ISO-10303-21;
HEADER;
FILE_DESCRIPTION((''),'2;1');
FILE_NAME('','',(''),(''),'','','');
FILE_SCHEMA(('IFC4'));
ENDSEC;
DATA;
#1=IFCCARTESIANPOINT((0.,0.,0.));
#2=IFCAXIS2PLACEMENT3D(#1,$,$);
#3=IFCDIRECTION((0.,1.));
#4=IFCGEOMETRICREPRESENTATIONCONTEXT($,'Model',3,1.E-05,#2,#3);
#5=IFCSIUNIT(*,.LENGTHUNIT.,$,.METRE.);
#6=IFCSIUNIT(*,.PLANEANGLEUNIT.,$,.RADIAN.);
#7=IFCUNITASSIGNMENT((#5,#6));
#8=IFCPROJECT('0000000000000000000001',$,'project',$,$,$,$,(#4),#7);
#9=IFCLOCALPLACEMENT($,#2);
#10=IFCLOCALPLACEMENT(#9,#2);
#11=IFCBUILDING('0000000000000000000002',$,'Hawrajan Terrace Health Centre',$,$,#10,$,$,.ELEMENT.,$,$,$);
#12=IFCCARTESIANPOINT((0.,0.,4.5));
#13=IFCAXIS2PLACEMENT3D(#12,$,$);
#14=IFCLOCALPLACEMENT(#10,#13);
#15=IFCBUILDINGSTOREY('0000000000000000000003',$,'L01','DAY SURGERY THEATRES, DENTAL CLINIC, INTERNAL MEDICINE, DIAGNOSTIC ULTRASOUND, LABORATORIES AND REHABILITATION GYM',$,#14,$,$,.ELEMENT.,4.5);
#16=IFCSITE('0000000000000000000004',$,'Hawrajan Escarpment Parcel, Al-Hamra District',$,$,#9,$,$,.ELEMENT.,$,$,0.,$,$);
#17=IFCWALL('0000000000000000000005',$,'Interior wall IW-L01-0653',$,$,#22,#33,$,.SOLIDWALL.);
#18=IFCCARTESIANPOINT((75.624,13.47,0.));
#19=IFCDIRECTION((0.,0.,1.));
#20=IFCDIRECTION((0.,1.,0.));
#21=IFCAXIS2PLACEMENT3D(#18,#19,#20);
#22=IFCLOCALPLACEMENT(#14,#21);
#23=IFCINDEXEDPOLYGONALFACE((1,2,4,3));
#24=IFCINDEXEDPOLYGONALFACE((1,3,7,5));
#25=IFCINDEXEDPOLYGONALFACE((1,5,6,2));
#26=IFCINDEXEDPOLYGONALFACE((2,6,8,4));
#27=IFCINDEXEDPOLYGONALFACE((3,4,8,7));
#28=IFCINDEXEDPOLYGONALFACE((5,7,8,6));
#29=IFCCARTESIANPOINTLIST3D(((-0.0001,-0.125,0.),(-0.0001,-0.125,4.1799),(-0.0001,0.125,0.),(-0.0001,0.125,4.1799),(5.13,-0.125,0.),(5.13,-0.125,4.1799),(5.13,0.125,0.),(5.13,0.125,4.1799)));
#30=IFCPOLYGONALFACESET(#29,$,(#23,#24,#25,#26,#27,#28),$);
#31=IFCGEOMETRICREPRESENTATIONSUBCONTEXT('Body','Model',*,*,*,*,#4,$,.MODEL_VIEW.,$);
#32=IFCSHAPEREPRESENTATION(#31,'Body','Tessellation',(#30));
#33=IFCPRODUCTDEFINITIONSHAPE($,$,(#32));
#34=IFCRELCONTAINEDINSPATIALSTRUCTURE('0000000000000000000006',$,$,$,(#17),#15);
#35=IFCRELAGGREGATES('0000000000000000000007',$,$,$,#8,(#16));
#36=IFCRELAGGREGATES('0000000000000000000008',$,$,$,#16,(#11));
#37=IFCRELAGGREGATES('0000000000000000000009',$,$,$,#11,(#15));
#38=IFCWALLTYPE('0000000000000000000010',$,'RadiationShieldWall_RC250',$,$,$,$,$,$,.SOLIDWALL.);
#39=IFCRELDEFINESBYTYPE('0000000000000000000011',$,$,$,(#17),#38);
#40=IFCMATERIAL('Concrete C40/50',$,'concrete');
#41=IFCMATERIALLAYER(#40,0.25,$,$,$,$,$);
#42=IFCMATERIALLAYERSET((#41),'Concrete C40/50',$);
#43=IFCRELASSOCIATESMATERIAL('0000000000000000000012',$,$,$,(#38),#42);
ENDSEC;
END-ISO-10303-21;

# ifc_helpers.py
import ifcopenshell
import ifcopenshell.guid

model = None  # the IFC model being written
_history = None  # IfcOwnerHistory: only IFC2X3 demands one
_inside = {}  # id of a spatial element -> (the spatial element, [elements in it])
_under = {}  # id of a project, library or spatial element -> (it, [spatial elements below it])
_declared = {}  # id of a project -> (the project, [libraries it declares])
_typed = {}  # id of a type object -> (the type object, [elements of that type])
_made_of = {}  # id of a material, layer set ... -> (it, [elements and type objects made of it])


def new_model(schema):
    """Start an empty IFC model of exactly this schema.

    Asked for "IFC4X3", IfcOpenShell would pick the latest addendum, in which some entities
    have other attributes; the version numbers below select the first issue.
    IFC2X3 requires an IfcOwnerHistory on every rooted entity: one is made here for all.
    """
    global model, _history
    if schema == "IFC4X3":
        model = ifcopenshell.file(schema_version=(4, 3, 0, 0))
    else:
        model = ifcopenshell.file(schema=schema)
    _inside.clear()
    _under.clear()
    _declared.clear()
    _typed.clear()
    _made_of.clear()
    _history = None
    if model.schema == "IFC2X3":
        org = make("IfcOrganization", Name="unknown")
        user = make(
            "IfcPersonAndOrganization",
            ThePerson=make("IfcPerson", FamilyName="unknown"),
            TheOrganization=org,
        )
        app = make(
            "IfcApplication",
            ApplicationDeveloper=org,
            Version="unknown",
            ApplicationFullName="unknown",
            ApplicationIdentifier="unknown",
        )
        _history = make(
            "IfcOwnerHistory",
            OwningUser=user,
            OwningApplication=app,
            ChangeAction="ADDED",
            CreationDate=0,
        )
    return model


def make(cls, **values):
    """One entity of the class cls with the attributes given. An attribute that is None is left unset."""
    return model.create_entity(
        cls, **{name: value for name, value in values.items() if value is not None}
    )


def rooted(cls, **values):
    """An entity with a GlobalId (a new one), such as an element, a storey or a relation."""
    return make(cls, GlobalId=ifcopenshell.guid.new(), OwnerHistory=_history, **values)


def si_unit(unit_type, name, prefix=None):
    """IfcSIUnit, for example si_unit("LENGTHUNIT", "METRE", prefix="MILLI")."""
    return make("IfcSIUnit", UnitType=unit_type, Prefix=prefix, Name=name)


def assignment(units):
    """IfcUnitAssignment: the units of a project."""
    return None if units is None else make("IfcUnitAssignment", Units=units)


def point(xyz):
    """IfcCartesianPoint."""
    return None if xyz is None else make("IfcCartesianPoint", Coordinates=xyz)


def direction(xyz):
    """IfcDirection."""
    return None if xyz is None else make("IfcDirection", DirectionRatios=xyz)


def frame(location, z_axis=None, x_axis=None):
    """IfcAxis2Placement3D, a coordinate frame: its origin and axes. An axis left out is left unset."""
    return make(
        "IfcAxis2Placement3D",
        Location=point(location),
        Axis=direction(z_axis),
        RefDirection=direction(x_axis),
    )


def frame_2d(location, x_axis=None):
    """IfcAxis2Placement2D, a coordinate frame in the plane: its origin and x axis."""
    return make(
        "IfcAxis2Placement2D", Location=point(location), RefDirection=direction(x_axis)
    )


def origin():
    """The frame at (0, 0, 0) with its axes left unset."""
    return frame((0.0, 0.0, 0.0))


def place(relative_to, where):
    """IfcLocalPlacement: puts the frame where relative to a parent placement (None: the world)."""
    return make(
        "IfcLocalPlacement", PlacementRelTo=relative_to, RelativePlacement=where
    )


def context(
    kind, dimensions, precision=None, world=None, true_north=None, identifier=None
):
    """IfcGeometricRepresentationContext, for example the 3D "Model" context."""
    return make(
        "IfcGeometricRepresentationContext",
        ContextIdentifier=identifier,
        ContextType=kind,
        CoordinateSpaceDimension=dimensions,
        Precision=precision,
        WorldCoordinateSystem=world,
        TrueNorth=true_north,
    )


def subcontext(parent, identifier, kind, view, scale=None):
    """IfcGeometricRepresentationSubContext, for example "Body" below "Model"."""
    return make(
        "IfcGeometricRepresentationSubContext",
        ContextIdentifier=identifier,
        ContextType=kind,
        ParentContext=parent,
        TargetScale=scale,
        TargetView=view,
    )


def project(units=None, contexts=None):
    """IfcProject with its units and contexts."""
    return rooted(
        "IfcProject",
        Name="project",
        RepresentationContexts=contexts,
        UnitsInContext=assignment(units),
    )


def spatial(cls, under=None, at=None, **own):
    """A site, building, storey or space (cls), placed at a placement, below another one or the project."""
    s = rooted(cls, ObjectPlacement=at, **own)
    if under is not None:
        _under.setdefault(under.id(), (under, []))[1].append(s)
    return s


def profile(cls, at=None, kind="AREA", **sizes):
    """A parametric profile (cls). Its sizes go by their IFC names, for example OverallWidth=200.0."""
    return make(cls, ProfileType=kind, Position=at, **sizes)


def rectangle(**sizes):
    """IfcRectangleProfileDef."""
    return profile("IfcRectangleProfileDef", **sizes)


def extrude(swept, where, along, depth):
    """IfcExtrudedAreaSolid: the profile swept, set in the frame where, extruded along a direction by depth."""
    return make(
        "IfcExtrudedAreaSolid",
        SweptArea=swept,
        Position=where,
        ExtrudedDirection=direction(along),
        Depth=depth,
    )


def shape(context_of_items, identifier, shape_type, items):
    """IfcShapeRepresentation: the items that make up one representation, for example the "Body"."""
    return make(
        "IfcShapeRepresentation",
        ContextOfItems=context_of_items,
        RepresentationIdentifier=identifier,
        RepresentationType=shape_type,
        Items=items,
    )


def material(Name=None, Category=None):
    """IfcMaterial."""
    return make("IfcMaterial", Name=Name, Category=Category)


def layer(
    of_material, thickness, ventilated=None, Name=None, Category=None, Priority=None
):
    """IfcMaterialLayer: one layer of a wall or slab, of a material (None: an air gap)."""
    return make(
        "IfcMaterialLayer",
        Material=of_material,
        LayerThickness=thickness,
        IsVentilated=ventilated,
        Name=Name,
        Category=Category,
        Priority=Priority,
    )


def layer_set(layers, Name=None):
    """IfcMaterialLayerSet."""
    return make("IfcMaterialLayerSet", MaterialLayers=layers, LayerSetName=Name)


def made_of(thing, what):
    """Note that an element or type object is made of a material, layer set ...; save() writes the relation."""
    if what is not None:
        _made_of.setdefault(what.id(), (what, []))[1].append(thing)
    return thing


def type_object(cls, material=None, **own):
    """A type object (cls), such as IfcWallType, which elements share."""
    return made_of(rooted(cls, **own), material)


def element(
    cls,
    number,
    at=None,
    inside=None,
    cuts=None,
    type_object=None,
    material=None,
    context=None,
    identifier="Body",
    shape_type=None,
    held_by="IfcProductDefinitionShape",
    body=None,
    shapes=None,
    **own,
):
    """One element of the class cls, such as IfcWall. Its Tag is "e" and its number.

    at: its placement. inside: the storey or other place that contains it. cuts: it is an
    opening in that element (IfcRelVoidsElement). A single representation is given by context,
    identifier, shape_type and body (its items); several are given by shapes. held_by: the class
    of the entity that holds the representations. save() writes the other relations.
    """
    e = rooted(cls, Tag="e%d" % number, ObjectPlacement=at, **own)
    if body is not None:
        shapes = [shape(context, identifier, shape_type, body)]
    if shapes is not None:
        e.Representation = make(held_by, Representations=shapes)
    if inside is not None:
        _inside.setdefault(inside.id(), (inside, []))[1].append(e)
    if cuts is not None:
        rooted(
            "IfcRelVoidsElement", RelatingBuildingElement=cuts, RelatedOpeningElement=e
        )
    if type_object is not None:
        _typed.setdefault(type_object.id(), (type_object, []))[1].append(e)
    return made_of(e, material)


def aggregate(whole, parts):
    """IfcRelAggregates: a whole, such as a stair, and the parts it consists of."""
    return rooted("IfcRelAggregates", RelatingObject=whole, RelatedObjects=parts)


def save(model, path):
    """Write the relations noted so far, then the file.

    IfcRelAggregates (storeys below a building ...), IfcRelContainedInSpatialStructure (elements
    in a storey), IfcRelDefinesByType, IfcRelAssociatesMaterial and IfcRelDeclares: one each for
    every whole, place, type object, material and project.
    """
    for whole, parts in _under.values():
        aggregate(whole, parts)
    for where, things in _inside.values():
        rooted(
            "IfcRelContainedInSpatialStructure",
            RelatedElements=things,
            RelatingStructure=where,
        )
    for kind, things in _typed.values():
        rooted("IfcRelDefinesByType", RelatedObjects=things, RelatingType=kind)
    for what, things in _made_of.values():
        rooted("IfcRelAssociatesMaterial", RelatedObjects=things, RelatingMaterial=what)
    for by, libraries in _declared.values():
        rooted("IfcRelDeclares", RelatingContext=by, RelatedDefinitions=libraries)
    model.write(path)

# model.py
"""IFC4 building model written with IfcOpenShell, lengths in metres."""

from ifc_helpers import new_model, si_unit, direction, frame, frame_2d, origin, place, context, subcontext, project, spatial, rectangle, extrude, material, layer, layer_set, type_object, element, save


model = new_model("IFC4")

# Units and contexts
model_context = context("Model", 3, precision=1e-05, world=origin(), true_north=direction((0.0, 1.0)))
body_context = subcontext(model_context, "Body", "Model", "MODEL_VIEW")
ifc_project = project(units=[si_unit("LENGTHUNIT", "METRE"), si_unit("PLANEANGLEUNIT", "RADIAN")], contexts=[model_context])

# Site, building, storey
site_placement = place(None, origin())
site = spatial("IfcSite", under=ifc_project, at=site_placement, Name="Hawrajan Escarpment Parcel, Al-Hamra District", CompositionType="ELEMENT", RefElevation=0.0)
building_placement = place(site_placement, origin())
building = spatial("IfcBuilding", under=site, at=building_placement, Name="Hawrajan Terrace Health Centre", CompositionType="ELEMENT")
storey_placement = place(building_placement, frame((0.0, 0.0, 4.5)))
storey = spatial("IfcBuildingStorey", under=building, at=storey_placement, Name="L01", Description="DAY SURGERY THEATRES, DENTAL CLINIC, INTERNAL MEDICINE, DIAGNOSTIC ULTRASOUND, LABORATORIES AND REHABILITATION GYM", CompositionType="ELEMENT", Elevation=4.5)

# Shared definitions
ifc_material_1 = material(Name="Concrete C40/50", Category="concrete")

# Shared definitions
ifc_layer_1 = layer(ifc_material_1, 0.25)
ifc_layer_set_1 = layer_set([ifc_layer_1], Name="Concrete C40/50")
wall_type_1 = type_object("IfcWallType", Name="RadiationShieldWall_RC250", PredefinedType="SOLIDWALL", material=ifc_layer_set_1)

# Wall
wall_1_placement = place(storey_placement, frame((75.624, 13.47, 0.0), z_axis=(0.0, 0.0, 1.0), x_axis=(0.0, 1.0, 0.0)))
element("IfcWall", 1, at=wall_1_placement, inside=storey, type_object=wall_type_1, Name="Interior wall IW-L01-0653", PredefinedType="SOLIDWALL", context=body_context, shape_type="SweptSolid", body=[
    extrude(rectangle(XDim=5.1301, YDim=0.25, at=frame_2d((2.5649, 0.0))), origin(), (0.0, 0.0, 1.0), 4.1799),
])

save(model, "model.ifc")
